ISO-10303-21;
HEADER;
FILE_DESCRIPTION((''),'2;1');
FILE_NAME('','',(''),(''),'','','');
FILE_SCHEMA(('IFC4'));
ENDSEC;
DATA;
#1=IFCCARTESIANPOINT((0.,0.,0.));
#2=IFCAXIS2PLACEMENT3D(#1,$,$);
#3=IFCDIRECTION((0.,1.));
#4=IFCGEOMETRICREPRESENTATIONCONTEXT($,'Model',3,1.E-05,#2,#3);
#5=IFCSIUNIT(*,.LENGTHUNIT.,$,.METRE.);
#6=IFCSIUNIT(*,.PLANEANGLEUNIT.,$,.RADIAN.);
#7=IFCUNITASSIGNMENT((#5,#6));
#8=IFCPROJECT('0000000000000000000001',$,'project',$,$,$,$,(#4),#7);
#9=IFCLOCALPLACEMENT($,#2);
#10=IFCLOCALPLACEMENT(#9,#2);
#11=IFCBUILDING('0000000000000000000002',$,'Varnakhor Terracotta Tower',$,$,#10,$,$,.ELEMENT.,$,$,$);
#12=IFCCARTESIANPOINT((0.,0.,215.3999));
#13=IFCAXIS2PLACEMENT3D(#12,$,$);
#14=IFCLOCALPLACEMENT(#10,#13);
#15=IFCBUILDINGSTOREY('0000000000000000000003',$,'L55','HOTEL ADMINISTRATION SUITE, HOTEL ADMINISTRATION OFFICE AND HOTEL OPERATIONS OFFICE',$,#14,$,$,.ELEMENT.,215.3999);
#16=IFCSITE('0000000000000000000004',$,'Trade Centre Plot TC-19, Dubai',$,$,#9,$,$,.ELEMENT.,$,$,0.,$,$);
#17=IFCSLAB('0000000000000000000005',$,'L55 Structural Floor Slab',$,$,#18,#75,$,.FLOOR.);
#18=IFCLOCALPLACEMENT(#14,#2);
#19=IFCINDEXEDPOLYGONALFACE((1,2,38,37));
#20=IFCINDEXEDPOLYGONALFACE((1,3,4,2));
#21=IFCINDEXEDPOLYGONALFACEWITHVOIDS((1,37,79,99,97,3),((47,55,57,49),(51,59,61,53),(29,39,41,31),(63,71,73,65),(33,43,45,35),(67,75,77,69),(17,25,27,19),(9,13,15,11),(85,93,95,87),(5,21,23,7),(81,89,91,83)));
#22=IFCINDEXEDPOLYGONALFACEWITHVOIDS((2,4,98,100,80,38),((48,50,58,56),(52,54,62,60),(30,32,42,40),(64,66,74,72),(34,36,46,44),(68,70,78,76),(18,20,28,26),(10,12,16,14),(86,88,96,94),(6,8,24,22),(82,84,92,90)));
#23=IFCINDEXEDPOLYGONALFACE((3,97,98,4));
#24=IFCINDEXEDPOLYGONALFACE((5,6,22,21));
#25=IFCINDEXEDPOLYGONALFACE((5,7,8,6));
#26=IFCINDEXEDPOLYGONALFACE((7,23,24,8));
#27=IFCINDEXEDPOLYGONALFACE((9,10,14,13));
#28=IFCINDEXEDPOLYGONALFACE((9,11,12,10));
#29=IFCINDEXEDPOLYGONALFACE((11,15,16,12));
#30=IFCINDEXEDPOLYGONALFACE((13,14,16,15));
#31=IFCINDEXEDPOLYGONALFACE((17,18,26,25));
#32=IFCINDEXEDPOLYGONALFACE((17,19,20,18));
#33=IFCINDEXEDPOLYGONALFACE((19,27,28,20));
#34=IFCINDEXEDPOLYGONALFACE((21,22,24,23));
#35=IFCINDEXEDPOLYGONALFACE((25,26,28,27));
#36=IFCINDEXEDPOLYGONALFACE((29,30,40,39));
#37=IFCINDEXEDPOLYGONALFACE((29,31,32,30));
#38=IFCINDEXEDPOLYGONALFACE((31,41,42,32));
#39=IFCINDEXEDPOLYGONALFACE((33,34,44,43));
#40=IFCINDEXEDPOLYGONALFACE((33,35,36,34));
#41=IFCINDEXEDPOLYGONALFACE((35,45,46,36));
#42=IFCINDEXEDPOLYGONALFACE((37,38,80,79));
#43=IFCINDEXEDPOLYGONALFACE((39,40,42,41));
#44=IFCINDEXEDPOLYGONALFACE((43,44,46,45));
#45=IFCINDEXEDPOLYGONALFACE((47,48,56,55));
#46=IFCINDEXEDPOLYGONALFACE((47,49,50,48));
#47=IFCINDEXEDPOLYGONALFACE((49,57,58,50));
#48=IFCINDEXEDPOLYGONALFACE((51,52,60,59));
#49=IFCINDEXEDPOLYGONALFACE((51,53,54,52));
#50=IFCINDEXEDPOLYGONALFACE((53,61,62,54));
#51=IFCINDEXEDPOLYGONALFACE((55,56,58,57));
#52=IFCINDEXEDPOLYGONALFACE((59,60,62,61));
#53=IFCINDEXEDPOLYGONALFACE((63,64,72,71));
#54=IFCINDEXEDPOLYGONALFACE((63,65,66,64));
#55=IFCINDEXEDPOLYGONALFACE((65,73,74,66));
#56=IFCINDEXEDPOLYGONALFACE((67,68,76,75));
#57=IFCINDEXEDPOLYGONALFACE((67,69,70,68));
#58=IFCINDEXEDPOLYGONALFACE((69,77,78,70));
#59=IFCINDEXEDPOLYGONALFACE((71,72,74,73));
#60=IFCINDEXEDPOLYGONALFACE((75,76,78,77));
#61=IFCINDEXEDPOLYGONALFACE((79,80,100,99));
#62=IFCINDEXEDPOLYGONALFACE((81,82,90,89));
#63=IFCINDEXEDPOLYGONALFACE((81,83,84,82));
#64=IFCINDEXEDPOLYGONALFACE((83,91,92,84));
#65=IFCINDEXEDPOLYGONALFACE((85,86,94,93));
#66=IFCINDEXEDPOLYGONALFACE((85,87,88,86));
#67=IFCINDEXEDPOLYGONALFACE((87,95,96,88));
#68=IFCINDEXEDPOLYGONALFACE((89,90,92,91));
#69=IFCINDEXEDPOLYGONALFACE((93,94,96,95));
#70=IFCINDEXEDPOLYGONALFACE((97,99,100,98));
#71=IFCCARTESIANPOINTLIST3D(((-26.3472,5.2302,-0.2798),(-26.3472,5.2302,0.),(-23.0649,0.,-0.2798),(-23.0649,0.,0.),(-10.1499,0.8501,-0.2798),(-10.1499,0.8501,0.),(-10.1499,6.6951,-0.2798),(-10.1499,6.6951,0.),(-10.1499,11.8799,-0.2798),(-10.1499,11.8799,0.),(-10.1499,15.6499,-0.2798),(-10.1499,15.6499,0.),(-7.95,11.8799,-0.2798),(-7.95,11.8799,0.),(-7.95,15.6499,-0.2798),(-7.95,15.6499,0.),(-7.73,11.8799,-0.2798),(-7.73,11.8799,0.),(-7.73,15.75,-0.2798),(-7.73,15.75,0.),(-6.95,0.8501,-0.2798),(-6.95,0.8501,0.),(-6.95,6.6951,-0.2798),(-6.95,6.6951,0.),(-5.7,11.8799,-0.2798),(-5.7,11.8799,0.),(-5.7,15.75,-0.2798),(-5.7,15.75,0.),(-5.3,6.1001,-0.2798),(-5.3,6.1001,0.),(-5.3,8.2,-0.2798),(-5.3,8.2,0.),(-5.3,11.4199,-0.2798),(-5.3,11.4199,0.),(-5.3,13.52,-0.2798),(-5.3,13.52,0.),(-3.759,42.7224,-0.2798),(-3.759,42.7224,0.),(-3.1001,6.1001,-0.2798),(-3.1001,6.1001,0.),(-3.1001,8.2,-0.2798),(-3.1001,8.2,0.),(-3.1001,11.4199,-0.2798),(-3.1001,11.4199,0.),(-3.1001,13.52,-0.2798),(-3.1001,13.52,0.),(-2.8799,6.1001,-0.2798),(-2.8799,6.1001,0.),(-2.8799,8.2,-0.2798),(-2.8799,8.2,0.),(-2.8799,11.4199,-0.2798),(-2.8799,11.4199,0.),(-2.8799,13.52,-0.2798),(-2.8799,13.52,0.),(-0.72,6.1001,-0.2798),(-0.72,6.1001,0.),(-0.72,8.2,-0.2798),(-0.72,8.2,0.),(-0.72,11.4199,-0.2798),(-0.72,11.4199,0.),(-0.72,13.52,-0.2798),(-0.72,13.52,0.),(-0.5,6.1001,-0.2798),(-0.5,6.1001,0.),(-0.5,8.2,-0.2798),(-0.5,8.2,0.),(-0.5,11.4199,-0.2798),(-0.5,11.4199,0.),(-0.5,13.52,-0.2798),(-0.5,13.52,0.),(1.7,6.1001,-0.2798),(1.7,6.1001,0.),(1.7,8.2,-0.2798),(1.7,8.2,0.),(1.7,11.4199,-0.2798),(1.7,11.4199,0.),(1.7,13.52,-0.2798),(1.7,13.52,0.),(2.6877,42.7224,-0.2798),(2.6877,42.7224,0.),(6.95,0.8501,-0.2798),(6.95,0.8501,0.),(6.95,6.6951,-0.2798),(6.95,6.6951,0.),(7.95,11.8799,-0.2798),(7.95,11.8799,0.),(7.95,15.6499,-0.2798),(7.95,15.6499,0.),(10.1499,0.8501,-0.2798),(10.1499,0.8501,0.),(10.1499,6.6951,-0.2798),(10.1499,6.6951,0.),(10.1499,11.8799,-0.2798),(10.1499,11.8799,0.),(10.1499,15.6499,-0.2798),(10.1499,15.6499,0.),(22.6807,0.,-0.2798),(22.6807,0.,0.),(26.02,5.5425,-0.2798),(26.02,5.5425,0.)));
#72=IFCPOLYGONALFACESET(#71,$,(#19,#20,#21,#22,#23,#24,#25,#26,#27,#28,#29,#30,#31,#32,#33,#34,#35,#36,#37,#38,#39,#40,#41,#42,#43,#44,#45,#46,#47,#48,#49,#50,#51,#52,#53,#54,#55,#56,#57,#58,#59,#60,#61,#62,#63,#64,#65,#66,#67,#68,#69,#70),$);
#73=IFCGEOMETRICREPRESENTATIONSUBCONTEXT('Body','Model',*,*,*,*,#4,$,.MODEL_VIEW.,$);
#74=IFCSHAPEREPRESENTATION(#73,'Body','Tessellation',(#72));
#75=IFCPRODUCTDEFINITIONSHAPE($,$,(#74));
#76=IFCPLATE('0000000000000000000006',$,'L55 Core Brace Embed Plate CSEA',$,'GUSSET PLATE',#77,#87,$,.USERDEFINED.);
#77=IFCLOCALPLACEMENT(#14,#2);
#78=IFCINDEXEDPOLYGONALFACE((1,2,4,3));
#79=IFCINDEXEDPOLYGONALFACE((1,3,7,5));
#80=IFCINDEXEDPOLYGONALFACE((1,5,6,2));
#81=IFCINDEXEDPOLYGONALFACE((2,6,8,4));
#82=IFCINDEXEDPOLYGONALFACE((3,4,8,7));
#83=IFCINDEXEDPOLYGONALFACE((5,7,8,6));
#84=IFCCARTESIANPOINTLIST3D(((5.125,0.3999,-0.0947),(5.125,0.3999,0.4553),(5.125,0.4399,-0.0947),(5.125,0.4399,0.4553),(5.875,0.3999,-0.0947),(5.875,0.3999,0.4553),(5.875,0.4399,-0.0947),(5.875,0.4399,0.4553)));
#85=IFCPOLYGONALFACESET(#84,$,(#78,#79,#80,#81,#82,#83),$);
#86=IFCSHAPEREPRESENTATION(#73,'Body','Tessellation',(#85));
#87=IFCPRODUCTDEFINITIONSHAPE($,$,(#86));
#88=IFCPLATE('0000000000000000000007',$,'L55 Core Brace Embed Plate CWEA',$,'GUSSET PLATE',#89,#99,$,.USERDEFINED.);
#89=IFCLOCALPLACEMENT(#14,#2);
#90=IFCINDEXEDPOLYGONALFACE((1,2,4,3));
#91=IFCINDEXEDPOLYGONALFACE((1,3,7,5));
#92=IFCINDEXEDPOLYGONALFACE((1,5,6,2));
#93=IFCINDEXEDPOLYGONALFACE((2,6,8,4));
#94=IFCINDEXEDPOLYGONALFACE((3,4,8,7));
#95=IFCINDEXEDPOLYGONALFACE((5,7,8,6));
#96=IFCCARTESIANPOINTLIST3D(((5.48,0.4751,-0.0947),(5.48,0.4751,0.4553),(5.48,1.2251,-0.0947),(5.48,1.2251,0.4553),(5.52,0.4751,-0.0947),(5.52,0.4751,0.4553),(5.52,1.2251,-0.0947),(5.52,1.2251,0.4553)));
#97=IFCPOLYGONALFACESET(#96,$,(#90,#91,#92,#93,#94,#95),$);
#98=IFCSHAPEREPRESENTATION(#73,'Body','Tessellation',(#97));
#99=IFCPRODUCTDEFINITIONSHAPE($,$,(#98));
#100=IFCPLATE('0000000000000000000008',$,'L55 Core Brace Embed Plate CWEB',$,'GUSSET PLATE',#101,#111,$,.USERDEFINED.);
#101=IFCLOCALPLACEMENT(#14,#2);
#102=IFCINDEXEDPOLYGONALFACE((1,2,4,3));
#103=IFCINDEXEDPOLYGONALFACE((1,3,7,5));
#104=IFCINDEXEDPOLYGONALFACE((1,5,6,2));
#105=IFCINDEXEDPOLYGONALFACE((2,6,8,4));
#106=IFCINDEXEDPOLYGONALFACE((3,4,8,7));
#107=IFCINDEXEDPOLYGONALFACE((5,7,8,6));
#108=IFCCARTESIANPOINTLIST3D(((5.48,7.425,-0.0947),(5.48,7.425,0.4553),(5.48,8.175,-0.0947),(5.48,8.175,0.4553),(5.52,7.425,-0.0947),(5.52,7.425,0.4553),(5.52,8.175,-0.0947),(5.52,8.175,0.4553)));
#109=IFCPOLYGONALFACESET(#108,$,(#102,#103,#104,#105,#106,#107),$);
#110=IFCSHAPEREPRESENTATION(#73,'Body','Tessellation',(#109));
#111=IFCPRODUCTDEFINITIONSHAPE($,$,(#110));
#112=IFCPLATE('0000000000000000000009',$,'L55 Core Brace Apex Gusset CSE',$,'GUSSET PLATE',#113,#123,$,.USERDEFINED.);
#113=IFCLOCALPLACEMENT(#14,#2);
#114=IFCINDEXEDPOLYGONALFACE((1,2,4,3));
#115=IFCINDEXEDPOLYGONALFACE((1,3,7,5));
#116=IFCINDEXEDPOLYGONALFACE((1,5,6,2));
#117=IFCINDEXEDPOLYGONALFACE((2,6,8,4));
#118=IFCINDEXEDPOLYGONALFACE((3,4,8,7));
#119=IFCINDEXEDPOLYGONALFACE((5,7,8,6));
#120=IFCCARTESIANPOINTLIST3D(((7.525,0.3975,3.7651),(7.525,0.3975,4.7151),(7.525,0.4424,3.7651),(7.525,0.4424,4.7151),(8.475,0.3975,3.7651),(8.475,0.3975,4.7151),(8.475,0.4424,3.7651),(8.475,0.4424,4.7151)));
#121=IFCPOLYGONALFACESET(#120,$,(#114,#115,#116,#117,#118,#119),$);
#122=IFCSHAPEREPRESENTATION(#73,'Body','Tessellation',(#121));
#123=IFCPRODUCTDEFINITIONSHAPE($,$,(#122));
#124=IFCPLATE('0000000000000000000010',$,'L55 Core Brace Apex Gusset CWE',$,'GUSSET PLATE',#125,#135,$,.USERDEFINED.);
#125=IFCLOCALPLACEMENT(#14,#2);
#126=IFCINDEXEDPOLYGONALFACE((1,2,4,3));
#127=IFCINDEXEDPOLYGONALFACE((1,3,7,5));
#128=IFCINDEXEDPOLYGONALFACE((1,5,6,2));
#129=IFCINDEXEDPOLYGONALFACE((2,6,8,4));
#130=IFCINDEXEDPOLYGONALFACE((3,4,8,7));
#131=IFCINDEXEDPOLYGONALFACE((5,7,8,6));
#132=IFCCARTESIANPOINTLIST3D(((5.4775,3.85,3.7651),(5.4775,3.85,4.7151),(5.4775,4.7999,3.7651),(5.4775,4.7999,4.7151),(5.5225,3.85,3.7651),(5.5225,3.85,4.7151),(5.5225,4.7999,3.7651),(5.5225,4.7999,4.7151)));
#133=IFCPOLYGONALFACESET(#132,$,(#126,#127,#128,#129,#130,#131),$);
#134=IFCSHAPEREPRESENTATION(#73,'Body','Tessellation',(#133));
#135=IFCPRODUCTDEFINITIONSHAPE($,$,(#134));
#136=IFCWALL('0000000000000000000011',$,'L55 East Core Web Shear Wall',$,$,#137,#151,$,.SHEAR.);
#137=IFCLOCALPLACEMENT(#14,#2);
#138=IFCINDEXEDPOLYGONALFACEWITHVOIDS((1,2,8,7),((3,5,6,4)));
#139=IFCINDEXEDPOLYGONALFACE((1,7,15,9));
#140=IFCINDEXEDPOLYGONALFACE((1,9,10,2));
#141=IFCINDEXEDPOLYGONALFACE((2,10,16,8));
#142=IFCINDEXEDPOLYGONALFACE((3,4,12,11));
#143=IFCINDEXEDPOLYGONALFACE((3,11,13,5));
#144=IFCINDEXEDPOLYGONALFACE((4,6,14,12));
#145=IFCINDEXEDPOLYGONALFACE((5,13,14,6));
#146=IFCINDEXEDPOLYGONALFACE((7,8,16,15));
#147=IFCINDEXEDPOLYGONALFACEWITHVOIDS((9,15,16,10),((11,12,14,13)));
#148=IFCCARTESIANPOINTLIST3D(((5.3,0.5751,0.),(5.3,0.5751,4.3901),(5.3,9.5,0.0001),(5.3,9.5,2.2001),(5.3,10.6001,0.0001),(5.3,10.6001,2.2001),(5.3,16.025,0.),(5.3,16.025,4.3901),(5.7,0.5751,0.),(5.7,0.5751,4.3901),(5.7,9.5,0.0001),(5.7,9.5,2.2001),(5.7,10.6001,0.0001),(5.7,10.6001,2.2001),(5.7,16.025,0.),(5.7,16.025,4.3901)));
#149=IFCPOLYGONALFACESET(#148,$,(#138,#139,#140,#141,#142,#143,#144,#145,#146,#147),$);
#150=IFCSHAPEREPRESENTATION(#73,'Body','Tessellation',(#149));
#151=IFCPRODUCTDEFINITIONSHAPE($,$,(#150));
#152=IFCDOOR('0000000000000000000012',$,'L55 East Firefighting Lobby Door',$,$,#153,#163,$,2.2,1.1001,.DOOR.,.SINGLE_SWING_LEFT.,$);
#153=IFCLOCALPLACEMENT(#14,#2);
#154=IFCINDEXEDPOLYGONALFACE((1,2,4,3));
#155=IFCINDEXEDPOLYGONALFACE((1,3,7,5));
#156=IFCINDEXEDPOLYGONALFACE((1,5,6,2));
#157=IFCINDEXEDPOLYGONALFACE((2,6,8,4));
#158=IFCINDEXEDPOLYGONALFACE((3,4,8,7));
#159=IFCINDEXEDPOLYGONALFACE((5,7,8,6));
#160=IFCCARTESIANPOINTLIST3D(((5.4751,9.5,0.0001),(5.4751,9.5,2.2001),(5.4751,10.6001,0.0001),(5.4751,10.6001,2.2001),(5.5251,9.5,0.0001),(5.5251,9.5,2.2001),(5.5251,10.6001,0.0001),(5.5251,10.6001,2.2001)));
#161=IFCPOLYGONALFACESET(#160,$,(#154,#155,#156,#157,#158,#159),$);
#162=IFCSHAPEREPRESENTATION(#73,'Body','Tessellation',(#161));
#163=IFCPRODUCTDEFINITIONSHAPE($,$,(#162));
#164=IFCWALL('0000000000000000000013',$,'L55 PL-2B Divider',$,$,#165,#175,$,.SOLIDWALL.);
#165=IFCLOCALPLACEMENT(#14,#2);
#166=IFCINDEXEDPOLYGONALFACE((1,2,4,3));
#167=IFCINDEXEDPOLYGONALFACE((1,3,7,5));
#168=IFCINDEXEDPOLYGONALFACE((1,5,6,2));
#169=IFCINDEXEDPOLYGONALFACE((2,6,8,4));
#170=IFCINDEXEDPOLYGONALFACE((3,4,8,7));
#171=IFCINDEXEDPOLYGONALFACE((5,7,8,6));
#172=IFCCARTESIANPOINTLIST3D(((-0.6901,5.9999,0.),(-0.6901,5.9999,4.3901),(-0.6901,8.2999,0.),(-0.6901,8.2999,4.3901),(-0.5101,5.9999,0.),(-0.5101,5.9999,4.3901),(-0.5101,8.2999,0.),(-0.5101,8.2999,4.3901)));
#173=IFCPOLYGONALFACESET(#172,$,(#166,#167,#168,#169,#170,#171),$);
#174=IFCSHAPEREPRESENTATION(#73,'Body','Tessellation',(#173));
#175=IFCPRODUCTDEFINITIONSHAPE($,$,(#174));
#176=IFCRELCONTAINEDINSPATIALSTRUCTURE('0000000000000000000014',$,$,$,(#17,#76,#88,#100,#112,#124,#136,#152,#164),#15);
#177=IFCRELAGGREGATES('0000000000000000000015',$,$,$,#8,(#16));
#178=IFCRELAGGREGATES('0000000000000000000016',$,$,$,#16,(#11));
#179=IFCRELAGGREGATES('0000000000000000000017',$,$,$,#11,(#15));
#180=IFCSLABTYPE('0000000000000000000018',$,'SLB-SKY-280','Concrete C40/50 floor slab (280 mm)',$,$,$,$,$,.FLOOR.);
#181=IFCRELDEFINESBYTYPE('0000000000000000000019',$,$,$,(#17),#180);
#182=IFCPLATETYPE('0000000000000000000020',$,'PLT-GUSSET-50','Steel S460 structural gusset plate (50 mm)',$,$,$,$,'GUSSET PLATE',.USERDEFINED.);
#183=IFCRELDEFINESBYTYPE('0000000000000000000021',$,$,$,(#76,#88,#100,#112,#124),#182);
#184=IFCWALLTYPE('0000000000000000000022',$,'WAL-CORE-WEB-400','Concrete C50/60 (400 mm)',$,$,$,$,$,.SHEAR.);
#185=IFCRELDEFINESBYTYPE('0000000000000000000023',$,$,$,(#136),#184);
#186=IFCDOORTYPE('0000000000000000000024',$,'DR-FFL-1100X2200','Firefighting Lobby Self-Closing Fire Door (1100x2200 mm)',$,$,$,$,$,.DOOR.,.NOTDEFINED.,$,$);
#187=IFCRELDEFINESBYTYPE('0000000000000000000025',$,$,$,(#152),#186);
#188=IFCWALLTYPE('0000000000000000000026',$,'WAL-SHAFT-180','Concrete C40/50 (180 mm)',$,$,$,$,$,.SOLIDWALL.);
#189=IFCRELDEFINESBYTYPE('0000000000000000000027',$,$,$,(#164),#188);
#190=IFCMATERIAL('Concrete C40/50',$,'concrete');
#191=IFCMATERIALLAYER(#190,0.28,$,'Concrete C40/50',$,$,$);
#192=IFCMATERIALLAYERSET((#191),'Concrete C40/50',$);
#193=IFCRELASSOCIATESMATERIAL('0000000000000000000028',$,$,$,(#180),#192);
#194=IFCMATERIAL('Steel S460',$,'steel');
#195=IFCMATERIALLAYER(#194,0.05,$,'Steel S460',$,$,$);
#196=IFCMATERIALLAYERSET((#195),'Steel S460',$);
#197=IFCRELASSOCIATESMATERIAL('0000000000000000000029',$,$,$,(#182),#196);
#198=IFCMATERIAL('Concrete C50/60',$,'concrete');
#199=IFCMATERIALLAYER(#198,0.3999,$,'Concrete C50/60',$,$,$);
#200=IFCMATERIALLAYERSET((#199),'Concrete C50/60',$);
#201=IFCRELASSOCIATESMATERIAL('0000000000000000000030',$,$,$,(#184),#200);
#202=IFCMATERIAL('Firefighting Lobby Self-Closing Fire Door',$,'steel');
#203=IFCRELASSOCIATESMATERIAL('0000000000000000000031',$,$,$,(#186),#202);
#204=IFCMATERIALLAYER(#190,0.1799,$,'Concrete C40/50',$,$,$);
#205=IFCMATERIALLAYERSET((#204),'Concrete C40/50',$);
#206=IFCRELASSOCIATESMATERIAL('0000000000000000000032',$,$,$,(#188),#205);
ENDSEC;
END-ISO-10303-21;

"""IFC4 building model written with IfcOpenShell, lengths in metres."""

from ifc_helpers import new_model, si_unit, direction, frame, frame_2d, origin, origin_2d, place, context, subcontext, project, spatial, polyline, rectangle, outline, extrude, source, transform, mapped, material, layer, layer_set, type_object, type_shapes, element, fill, save


model = new_model("IFC4")

# Units and contexts
model_context = context("Model", 3, precision=1e-05, world=origin(), true_north=direction((0.0, 1.0)))
body_context = subcontext(model_context, "Body", "Model", "MODEL_VIEW")
ifc_project = project(units=[si_unit("LENGTHUNIT", "METRE"), si_unit("PLANEANGLEUNIT", "RADIAN")], contexts=[model_context])

# Site, building, storey
site_placement = place(None, origin())
site = spatial("IfcSite", under=ifc_project, at=site_placement, Name="Trade Centre Plot TC-19, Dubai", CompositionType="ELEMENT", RefElevation=0.0)
building_placement = place(site_placement, origin())
building = spatial("IfcBuilding", under=site, at=building_placement, Name="Varnakhor Terracotta Tower", CompositionType="ELEMENT")
storey_placement = place(building_placement, frame((0.0, 0.0, 215.3999)))
storey = spatial("IfcBuildingStorey", under=building, at=storey_placement, Name="L55", Description="HOTEL ADMINISTRATION SUITE, HOTEL ADMINISTRATION OFFICE AND HOTEL OPERATIONS OFFICE", CompositionType="ELEMENT", Elevation=215.3999)

# Shared definitions
ifc_material_1 = material(Name="Concrete C50/60", Category="concrete")

# Shared definitions
ifc_material_2 = material(Name="Concrete C40/50", Category="concrete")

# Slab
ifc_layer_1 = layer(ifc_material_2, 0.28, Name="Concrete C40/50")
ifc_layer_set_1 = layer_set([ifc_layer_1], Name="Concrete C40/50")
slab_type_1 = type_object("IfcSlabType", Name="SLB-SKY-280", Description="Concrete C40/50 floor slab (280 mm)", PredefinedType="FLOOR", material=ifc_layer_set_1)
slab_1_placement = place(storey_placement, frame((0.0, 0.0, -0.2798)))
element("IfcSlab", 1, at=slab_1_placement, inside=storey, type_object=slab_type_1, Name="L55 Structural Floor Slab", PredefinedType="FLOOR", context=body_context, shape_type="SweptSolid", body=[
    extrude(outline(polyline([(-26.3472, 5.2302), (-3.759, 42.7224), (2.6877, 42.7224), (26.02, 5.5425), (22.6807, 0.0), (-23.0649, 0.0), (-26.3472, 5.2302)]), holes=[polyline([(-6.95, 0.8501), (-6.95, 6.6951), (-10.1499, 6.6951), (-10.1499, 0.8501), (-6.95, 0.8501)]), polyline([(-3.1001, 6.1001), (-3.1001, 8.2), (-5.3, 8.2), (-5.3, 6.1001), (-3.1001, 6.1001)]), polyline([(-0.72, 6.1001), (-0.72, 8.2), (-2.8799, 8.2), (-2.8799, 6.1001), (-0.72, 6.1001)]), polyline([(-5.3, 11.4199), (-3.1001, 11.4199), (-3.1001, 13.52), (-5.3, 13.52), (-5.3, 11.4199)]), polyline([(-10.1499, 11.8799), (-7.95, 11.8799), (-7.95, 15.6499), (-10.1499, 15.6499), (-10.1499, 11.8799)]), polyline([(-5.7, 11.8799), (-5.7, 15.75), (-7.73, 15.75), (-7.73, 11.8799), (-5.7, 11.8799)]), polyline([(6.95, 0.8501), (10.1499, 0.8501), (10.1499, 6.6951), (6.95, 6.6951), (6.95, 0.8501)]), polyline([(-0.5, 6.1001), (1.7, 6.1001), (1.7, 8.2), (-0.5, 8.2), (-0.5, 6.1001)]), polyline([(-0.72, 11.4199), (-0.72, 13.52), (-2.8799, 13.52), (-2.8799, 11.4199), (-0.72, 11.4199)]), polyline([(-0.5, 11.4199), (1.7, 11.4199), (1.7, 13.52), (-0.5, 13.52), (-0.5, 11.4199)]), polyline([(7.95, 11.8799), (10.1499, 11.8799), (10.1499, 15.6499), (7.95, 15.6499), (7.95, 11.8799)])]), origin(), (0.0, 0.0, 1.0), 0.2798),
])

# Plates
ifc_material_3 = material(Name="Steel S460", Category="steel")
ifc_layer_2 = layer(ifc_material_3, 0.05, Name="Steel S460")
ifc_layer_set_2 = layer_set([ifc_layer_2], Name="Steel S460")
plate_type = type_object("IfcPlateType", Name="PLT-GUSSET-50", Description="Steel S460 structural gusset plate (50 mm)", ElementType="GUSSET PLATE", PredefinedType="USERDEFINED", material=ifc_layer_set_2)
shared_shape_1 = source(origin(), body_context, "Body", "SweptSolid", [
    extrude(rectangle(XDim=0.75, YDim=0.04, at=origin_2d()), origin(), (0.0, 0.0, 1.0), 0.55),
])
type_shapes(plate_type, [shared_shape_1])
for number, where, z_axis, x_axis, name in (
    (2, (5.5, 0.4199, -0.0947), (0.0, 0.0, 1.0), (1.0, 0.0, 0.0), "L55 Core Brace Embed Plate CSEA"),
    (3, (5.5, 0.8501, -0.0947), (0.0, 0.0, 1.0), (0.0, 1.0, 0.0), "L55 Core Brace Embed Plate CWEA"),
    (4, (5.5, 7.8, -0.0947), (0.0, 0.0, 1.0), (0.0, 1.0, 0.0), "L55 Core Brace Embed Plate CWEB"),
):
    element("IfcPlate", number, at=place(storey_placement, frame(where, z_axis=z_axis, x_axis=x_axis)), inside=storey, type_object=plate_type, Name=name, ObjectType="GUSSET PLATE", PredefinedType="USERDEFINED", context=body_context, shape_type="MappedRepresentation", body=[
        mapped(shared_shape_1, transform((0.0, 0.0, 0.0), scale=1.0)),
    ])
shared_shape_2 = source(origin(), body_context, "Body", "SweptSolid", [
    extrude(rectangle(XDim=0.95, YDim=0.0449, at=origin_2d()), origin(), (0.0, 0.0, 1.0), 0.95),
])
for number, where, z_axis, x_axis, name in (
    (5, (8.0, 0.4199, 3.7651), (0.0, 0.0, 1.0), (1.0, 0.0, 0.0), "L55 Core Brace Apex Gusset CSE"),
    (6, (5.5, 4.325, 3.7651), (0.0, 0.0, 1.0), (0.0, 1.0, 0.0), "L55 Core Brace Apex Gusset CWE"),
):
    element("IfcPlate", number, at=place(storey_placement, frame(where, z_axis=z_axis, x_axis=x_axis)), inside=storey, type_object=plate_type, Name=name, ObjectType="GUSSET PLATE", PredefinedType="USERDEFINED", context=body_context, shape_type="MappedRepresentation", body=[
        mapped(shared_shape_2, transform((0.0, 0.0, 0.0), scale=1.0)),
    ])

# Wall, opening, door
ifc_layer_3 = layer(ifc_material_1, 0.3999, Name="Concrete C50/60")
ifc_layer_set_3 = layer_set([ifc_layer_3], Name="Concrete C50/60")
wall_type_1 = type_object("IfcWallType", Name="WAL-CORE-WEB-400", Description="Concrete C50/60 (400 mm)", PredefinedType="SHEAR", material=ifc_layer_set_3)
wall_1_placement = place(storey_placement, frame((5.5, 0.575, 0.0), z_axis=(0.0, 0.0, 1.0), x_axis=(0.0, 1.0, 0.0)))
wall_1 = element("IfcWall", 7, at=wall_1_placement, inside=storey, type_object=wall_type_1, Name="L55 East Core Web Shear Wall", PredefinedType="SHEAR", context=body_context, shape_type="SweptSolid", body=[
    extrude(rectangle(XDim=15.45, YDim=0.3999, at=frame_2d((7.7251, 0.0))), origin(), (0.0, 0.0, 1.0), 4.3901),
])
opening_1_placement = place(wall_1_placement, frame((8.925, 0.0, 0.0)))
opening_1 = element("IfcOpeningElement", 8, at=opening_1_placement, cuts=wall_1, PredefinedType="OPENING", context=body_context, shape_type="SweptSolid", body=[
    extrude(rectangle(XDim=1.1001, YDim=2.2, at=frame_2d((0.55, 1.1001))), frame((0.0, 0.21, 0.0), z_axis=(0.0, -1.0, 0.0), x_axis=(1.0, 0.0, 0.0)), (0.0, 0.0, 1.0), 0.4199),
])
ifc_material_4 = material(Name="Firefighting Lobby Self-Closing Fire Door", Category="steel")
door_type_1 = type_object("IfcDoorType", Name="DR-FFL-1100X2200", Description="Firefighting Lobby Self-Closing Fire Door (1100x2200 mm)", OperationType="NOTDEFINED", PredefinedType="DOOR", material=ifc_material_4)
shared_shape_3 = source(origin(), body_context, "Body", "SweptSolid", [
    extrude(rectangle(XDim=1.1001, YDim=2.2, at=frame_2d((0.55, 1.1001))), frame((0.0, 0.0249, 0.0), z_axis=(0.0, -1.0, 0.0), x_axis=(1.0, 0.0, 0.0)), (0.0, 0.0, 1.0), 0.05),
])
type_shapes(door_type_1, [shared_shape_3])
door_1_placement = place(opening_1_placement, origin())
door_1 = element("IfcDoor", 9, at=door_1_placement, inside=storey, type_object=door_type_1, Name="L55 East Firefighting Lobby Door", OperationType="SINGLE_SWING_LEFT", OverallHeight=2.2, OverallWidth=1.1001, PredefinedType="DOOR", context=body_context, shape_type="MappedRepresentation", body=[
    mapped(shared_shape_3, transform((0.0, 0.0, 0.0), scale=1.0)),
])
fill(opening_1, door_1)

# Wall
ifc_layer_4 = layer(ifc_material_2, 0.1799, Name="Concrete C40/50")
ifc_layer_set_4 = layer_set([ifc_layer_4], Name="Concrete C40/50")
wall_type_2 = type_object("IfcWallType", Name="WAL-SHAFT-180", Description="Concrete C40/50 (180 mm)", PredefinedType="SOLIDWALL", material=ifc_layer_set_4)
wall_2_placement = place(storey_placement, frame((-0.6001, 6.0, 0.0), z_axis=(0.0, 0.0, 1.0), x_axis=(0.0, 1.0, 0.0)))
element("IfcWall", 10, at=wall_2_placement, inside=storey, type_object=wall_type_2, Name="L55 PL-2B Divider", PredefinedType="SOLIDWALL", context=body_context, shape_type="SweptSolid", body=[
    extrude(rectangle(XDim=2.3, YDim=0.1799, at=frame_2d((1.1499, 0.0))), origin(), (0.0, 0.0, 1.0), 4.3901),
])

save(model, "model.ifc")
